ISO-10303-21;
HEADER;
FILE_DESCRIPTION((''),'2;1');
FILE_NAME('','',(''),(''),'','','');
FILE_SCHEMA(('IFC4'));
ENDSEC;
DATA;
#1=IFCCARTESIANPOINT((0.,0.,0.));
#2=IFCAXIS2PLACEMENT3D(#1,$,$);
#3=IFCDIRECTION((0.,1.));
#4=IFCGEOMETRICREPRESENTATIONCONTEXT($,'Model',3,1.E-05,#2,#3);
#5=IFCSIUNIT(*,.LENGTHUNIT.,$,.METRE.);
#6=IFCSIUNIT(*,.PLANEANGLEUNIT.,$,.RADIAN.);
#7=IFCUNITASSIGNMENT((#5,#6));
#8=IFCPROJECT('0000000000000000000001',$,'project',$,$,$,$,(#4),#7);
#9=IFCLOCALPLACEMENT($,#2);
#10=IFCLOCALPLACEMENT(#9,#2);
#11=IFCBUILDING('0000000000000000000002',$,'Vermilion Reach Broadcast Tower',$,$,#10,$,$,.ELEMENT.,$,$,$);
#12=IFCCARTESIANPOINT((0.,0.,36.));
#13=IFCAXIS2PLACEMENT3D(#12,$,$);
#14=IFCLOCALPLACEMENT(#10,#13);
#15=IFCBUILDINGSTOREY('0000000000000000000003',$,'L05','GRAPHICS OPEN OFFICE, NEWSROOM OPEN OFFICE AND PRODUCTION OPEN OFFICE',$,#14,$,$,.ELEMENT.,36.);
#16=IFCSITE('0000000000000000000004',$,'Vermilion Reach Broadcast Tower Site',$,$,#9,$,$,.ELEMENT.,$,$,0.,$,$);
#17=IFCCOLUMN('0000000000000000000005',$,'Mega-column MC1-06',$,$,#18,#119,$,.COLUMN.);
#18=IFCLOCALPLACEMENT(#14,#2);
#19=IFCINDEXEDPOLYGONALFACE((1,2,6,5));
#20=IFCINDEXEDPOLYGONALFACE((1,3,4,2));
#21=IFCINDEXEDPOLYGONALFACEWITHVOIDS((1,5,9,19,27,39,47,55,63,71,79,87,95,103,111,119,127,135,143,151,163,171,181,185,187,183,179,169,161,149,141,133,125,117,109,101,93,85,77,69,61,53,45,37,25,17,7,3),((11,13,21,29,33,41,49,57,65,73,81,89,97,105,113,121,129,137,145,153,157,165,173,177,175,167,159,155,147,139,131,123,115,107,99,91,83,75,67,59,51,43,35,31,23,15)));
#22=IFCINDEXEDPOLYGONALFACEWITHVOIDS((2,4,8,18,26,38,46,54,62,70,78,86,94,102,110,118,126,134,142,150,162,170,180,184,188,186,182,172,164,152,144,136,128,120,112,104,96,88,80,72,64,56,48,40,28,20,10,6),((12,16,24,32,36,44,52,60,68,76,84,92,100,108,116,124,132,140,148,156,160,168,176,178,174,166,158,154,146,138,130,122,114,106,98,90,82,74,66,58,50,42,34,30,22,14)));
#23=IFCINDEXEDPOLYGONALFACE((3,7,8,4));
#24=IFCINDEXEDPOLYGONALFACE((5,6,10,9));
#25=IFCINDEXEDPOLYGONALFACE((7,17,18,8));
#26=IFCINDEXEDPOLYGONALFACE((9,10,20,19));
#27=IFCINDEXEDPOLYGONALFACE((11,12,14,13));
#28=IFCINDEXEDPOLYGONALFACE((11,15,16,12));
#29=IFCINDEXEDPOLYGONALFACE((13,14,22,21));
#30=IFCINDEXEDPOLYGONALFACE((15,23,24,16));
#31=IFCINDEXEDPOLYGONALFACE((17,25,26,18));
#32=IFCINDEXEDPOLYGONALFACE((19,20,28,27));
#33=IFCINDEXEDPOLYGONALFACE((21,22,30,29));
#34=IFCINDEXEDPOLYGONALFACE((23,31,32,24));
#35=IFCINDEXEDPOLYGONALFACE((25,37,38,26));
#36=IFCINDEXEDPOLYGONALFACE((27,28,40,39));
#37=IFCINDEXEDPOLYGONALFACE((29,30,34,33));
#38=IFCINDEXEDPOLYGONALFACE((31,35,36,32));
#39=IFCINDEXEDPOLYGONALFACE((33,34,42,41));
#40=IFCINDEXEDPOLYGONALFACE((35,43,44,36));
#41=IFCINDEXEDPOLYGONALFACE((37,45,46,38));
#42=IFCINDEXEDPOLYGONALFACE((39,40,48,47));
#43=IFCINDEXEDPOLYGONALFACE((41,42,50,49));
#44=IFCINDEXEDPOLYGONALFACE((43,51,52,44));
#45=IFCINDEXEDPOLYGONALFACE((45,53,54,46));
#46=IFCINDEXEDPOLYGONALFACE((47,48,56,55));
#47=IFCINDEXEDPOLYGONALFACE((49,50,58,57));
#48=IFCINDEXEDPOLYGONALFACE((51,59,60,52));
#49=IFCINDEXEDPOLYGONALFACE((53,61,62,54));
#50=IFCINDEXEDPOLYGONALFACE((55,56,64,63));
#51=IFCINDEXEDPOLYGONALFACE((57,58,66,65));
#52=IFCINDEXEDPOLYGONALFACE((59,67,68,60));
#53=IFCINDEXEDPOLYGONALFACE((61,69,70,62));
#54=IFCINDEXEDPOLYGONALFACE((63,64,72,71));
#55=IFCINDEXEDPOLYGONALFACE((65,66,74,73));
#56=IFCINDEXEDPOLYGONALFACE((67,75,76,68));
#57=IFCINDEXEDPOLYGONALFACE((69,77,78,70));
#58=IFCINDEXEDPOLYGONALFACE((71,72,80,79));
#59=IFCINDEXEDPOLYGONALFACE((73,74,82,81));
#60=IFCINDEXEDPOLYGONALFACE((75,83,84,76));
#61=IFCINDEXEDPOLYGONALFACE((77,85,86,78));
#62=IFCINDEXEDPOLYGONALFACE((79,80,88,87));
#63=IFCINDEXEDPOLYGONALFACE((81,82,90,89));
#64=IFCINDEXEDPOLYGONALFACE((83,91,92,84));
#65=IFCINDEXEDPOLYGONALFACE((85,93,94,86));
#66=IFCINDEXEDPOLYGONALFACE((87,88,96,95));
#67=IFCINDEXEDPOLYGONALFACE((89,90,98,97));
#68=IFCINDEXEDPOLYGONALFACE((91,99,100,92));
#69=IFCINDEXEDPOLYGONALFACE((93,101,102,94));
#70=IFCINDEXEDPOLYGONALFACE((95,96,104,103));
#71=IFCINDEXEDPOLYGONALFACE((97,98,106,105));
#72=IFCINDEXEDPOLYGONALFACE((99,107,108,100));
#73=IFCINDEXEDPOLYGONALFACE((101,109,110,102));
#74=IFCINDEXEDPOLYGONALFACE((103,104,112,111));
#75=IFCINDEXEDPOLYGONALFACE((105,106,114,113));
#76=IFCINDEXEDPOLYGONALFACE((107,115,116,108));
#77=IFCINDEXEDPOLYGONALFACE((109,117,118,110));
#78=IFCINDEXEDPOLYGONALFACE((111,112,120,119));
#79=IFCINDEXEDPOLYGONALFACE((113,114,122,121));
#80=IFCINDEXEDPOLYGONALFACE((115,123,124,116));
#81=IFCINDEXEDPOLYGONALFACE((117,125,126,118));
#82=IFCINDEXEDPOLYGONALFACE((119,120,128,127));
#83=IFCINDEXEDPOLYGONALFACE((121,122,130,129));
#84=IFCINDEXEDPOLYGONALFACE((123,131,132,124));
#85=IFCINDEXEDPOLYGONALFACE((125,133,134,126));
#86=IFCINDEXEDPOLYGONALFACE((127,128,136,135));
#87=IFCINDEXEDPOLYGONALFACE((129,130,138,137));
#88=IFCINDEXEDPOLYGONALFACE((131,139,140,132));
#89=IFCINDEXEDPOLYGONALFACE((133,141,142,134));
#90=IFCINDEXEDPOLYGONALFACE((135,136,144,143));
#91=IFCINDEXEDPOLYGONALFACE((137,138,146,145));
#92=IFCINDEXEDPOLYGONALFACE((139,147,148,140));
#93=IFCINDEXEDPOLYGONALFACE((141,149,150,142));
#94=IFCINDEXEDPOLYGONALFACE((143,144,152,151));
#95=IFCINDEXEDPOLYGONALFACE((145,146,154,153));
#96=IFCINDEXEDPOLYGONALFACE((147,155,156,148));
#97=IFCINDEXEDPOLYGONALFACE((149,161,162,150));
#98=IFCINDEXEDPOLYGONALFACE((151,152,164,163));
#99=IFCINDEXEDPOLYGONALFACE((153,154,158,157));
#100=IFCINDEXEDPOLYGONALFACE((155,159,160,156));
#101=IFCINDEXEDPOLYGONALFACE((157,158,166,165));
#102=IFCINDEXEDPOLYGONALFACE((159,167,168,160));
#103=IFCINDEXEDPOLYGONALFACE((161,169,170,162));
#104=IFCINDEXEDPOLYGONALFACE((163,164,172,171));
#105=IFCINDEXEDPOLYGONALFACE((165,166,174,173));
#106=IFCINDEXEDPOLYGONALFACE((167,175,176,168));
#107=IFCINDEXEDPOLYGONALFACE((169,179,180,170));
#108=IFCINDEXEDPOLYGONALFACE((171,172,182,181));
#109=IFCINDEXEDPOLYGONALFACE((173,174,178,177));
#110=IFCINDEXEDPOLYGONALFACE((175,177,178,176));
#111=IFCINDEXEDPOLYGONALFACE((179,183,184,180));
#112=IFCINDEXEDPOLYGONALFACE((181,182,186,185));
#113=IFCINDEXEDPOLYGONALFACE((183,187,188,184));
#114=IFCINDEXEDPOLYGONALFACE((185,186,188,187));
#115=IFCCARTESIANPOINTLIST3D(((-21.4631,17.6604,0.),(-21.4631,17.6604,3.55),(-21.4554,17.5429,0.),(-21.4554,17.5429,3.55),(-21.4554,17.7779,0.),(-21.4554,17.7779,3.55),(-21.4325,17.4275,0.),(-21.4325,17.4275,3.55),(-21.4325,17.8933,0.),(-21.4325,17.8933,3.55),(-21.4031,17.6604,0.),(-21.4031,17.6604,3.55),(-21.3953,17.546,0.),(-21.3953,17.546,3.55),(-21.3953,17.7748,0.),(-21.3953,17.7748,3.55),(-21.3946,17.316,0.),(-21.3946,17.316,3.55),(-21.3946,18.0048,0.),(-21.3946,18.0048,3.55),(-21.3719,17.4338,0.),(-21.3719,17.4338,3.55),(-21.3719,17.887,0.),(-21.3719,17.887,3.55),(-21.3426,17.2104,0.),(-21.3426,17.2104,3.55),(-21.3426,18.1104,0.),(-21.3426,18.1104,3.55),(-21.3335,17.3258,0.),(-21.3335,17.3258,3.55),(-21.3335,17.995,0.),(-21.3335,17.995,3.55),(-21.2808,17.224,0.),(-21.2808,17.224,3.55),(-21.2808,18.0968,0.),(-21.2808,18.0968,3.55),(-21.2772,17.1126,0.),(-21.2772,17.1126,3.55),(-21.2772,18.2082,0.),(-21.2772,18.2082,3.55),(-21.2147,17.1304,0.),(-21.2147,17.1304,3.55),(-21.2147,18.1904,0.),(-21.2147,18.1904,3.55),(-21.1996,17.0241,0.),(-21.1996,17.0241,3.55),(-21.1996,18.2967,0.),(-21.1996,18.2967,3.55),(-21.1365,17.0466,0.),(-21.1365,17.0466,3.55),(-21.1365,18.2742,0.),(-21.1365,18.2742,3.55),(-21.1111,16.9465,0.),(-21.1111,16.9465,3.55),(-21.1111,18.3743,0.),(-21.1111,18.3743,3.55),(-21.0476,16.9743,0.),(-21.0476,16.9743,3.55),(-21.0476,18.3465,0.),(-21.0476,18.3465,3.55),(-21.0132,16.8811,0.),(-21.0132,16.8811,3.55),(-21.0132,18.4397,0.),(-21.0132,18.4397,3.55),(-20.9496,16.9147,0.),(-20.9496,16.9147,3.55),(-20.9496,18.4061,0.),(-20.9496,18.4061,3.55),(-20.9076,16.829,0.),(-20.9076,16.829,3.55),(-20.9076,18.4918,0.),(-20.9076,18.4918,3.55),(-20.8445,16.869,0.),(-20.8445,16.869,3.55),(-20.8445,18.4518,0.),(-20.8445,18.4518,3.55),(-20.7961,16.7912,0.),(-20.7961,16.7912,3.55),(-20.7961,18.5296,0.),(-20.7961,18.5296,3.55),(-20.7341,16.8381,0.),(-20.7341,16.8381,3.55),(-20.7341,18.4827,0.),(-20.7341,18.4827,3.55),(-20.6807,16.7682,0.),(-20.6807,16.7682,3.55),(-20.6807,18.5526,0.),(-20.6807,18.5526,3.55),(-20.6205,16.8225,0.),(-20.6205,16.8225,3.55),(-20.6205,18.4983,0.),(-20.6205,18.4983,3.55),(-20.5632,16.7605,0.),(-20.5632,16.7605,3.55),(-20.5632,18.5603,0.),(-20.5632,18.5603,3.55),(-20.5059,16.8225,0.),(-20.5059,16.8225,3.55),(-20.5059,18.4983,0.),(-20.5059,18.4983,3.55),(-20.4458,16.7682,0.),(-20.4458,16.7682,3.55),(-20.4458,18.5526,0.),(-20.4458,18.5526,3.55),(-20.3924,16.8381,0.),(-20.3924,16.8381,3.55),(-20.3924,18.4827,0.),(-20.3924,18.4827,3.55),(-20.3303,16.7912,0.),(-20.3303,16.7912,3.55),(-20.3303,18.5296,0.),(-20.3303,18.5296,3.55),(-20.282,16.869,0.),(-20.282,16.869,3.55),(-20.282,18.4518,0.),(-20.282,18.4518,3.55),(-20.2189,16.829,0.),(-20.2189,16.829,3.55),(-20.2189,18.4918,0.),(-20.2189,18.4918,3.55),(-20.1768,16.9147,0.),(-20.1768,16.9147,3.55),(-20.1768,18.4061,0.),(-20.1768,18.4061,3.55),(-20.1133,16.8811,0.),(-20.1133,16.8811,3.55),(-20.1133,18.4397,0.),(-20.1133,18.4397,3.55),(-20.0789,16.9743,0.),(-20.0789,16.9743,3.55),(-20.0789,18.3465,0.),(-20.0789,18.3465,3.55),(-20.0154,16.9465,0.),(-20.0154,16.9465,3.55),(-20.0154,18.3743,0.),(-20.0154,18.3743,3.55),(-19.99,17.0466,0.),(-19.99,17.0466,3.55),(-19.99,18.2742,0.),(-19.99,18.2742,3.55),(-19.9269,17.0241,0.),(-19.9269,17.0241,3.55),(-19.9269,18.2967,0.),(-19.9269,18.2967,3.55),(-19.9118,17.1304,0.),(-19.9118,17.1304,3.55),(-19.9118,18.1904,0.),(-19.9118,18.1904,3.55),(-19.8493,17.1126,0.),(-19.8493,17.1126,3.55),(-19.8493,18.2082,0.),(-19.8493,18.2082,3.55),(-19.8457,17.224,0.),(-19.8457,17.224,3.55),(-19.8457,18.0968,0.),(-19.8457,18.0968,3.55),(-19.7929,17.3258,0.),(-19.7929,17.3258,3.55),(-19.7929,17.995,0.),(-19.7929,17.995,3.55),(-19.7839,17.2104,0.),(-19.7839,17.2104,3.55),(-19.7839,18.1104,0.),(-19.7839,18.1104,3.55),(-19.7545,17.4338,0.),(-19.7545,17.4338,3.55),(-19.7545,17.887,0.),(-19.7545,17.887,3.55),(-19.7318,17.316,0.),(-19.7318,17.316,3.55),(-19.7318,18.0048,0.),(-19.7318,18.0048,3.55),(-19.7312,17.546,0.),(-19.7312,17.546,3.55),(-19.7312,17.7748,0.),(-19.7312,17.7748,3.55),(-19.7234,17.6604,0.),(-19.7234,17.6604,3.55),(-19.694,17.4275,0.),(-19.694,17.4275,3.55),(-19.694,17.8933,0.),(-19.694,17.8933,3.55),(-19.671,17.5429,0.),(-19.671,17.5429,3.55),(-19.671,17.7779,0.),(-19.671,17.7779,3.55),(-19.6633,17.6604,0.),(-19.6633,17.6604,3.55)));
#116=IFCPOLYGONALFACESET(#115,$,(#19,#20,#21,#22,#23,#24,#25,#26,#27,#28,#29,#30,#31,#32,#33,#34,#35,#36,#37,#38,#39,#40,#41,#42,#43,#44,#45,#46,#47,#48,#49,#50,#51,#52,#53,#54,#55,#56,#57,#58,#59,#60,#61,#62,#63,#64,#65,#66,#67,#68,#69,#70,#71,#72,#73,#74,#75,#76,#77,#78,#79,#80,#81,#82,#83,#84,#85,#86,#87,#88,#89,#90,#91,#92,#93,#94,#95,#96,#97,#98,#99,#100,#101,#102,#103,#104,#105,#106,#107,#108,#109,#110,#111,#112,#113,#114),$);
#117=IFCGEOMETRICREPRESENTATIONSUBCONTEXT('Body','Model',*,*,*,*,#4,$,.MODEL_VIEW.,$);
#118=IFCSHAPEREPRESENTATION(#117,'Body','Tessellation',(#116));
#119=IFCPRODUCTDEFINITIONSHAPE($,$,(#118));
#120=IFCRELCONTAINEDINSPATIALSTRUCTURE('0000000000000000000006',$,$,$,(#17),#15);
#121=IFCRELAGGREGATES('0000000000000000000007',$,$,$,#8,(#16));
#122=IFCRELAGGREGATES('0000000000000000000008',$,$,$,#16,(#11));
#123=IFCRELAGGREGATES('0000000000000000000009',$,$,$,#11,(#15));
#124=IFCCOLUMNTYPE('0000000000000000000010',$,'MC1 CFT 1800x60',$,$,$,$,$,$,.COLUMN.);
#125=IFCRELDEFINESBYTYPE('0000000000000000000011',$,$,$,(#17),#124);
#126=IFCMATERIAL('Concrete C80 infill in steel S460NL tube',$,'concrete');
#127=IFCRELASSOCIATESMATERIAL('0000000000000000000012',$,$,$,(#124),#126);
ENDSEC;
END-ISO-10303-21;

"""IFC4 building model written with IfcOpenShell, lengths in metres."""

from ifc_helpers import new_model, si_unit, direction, frame, origin, origin_2d, place, context, subcontext, project, spatial, hollow_circle, extrude, material, material_profile, profile_set, type_object, element, save


model = new_model("IFC4")

# Units and contexts
model_context = context("Model", 3, precision=1e-05, world=origin(), true_north=direction((0.0, 1.0)))
body_context = subcontext(model_context, "Body", "Model", "MODEL_VIEW")
ifc_project = project(units=[si_unit("LENGTHUNIT", "METRE"), si_unit("PLANEANGLEUNIT", "RADIAN")], contexts=[model_context])

# Site, building, storey
site_placement = place(None, origin())
site = spatial("IfcSite", under=ifc_project, at=site_placement, Name="Vermilion Reach Broadcast Tower Site", CompositionType="ELEMENT", RefElevation=0.0)
building_placement = place(site_placement, origin())
building = spatial("IfcBuilding", under=site, at=building_placement, Name="Vermilion Reach Broadcast Tower", CompositionType="ELEMENT")
storey_placement = place(building_placement, frame((0.0, 0.0, 36.0)))
storey = spatial("IfcBuildingStorey", under=building, at=storey_placement, Name="L05", Description="GRAPHICS OPEN OFFICE, NEWSROOM OPEN OFFICE AND PRODUCTION OPEN OFFICE", CompositionType="ELEMENT", Elevation=36.0)

# Column
ifc_material_1 = material(Name="Concrete C80 infill in steel S460NL tube", Category="concrete")
ifc_material_profile_1 = material_profile(ifc_material_1, hollow_circle(Radius=0.8999, WallThickness=0.0601, at=origin_2d()), Name="Concrete C80 infill in steel S460NL tube CFT 1800x60")
ifc_profile_set_1 = profile_set([ifc_material_profile_1], Name="Concrete C80 infill in steel S460NL tube")
column_type = type_object("IfcColumnType", Name="MC1 CFT 1800x60", PredefinedType="COLUMN", material=ifc_profile_set_1)
for number, where, z_axis, x_axis, name in (
    (1, (-20.5632, 17.6604, 0.0), (0.0, 0.0, 1.0), (1.0, 0.0, 0.0), "Mega-column MC1-06"),
):
    element("IfcColumn", number, at=place(storey_placement, frame(where, z_axis=z_axis, x_axis=x_axis)), inside=storey, type_object=column_type, Name=name, PredefinedType="COLUMN", context=body_context, shape_type="SweptSolid", body=[
        extrude(hollow_circle(Radius=0.8999, WallThickness=0.0601, at=origin_2d()), origin(), (0.0, 0.0, 1.0), 3.55),
    ])

save(model, "model.ifc")
